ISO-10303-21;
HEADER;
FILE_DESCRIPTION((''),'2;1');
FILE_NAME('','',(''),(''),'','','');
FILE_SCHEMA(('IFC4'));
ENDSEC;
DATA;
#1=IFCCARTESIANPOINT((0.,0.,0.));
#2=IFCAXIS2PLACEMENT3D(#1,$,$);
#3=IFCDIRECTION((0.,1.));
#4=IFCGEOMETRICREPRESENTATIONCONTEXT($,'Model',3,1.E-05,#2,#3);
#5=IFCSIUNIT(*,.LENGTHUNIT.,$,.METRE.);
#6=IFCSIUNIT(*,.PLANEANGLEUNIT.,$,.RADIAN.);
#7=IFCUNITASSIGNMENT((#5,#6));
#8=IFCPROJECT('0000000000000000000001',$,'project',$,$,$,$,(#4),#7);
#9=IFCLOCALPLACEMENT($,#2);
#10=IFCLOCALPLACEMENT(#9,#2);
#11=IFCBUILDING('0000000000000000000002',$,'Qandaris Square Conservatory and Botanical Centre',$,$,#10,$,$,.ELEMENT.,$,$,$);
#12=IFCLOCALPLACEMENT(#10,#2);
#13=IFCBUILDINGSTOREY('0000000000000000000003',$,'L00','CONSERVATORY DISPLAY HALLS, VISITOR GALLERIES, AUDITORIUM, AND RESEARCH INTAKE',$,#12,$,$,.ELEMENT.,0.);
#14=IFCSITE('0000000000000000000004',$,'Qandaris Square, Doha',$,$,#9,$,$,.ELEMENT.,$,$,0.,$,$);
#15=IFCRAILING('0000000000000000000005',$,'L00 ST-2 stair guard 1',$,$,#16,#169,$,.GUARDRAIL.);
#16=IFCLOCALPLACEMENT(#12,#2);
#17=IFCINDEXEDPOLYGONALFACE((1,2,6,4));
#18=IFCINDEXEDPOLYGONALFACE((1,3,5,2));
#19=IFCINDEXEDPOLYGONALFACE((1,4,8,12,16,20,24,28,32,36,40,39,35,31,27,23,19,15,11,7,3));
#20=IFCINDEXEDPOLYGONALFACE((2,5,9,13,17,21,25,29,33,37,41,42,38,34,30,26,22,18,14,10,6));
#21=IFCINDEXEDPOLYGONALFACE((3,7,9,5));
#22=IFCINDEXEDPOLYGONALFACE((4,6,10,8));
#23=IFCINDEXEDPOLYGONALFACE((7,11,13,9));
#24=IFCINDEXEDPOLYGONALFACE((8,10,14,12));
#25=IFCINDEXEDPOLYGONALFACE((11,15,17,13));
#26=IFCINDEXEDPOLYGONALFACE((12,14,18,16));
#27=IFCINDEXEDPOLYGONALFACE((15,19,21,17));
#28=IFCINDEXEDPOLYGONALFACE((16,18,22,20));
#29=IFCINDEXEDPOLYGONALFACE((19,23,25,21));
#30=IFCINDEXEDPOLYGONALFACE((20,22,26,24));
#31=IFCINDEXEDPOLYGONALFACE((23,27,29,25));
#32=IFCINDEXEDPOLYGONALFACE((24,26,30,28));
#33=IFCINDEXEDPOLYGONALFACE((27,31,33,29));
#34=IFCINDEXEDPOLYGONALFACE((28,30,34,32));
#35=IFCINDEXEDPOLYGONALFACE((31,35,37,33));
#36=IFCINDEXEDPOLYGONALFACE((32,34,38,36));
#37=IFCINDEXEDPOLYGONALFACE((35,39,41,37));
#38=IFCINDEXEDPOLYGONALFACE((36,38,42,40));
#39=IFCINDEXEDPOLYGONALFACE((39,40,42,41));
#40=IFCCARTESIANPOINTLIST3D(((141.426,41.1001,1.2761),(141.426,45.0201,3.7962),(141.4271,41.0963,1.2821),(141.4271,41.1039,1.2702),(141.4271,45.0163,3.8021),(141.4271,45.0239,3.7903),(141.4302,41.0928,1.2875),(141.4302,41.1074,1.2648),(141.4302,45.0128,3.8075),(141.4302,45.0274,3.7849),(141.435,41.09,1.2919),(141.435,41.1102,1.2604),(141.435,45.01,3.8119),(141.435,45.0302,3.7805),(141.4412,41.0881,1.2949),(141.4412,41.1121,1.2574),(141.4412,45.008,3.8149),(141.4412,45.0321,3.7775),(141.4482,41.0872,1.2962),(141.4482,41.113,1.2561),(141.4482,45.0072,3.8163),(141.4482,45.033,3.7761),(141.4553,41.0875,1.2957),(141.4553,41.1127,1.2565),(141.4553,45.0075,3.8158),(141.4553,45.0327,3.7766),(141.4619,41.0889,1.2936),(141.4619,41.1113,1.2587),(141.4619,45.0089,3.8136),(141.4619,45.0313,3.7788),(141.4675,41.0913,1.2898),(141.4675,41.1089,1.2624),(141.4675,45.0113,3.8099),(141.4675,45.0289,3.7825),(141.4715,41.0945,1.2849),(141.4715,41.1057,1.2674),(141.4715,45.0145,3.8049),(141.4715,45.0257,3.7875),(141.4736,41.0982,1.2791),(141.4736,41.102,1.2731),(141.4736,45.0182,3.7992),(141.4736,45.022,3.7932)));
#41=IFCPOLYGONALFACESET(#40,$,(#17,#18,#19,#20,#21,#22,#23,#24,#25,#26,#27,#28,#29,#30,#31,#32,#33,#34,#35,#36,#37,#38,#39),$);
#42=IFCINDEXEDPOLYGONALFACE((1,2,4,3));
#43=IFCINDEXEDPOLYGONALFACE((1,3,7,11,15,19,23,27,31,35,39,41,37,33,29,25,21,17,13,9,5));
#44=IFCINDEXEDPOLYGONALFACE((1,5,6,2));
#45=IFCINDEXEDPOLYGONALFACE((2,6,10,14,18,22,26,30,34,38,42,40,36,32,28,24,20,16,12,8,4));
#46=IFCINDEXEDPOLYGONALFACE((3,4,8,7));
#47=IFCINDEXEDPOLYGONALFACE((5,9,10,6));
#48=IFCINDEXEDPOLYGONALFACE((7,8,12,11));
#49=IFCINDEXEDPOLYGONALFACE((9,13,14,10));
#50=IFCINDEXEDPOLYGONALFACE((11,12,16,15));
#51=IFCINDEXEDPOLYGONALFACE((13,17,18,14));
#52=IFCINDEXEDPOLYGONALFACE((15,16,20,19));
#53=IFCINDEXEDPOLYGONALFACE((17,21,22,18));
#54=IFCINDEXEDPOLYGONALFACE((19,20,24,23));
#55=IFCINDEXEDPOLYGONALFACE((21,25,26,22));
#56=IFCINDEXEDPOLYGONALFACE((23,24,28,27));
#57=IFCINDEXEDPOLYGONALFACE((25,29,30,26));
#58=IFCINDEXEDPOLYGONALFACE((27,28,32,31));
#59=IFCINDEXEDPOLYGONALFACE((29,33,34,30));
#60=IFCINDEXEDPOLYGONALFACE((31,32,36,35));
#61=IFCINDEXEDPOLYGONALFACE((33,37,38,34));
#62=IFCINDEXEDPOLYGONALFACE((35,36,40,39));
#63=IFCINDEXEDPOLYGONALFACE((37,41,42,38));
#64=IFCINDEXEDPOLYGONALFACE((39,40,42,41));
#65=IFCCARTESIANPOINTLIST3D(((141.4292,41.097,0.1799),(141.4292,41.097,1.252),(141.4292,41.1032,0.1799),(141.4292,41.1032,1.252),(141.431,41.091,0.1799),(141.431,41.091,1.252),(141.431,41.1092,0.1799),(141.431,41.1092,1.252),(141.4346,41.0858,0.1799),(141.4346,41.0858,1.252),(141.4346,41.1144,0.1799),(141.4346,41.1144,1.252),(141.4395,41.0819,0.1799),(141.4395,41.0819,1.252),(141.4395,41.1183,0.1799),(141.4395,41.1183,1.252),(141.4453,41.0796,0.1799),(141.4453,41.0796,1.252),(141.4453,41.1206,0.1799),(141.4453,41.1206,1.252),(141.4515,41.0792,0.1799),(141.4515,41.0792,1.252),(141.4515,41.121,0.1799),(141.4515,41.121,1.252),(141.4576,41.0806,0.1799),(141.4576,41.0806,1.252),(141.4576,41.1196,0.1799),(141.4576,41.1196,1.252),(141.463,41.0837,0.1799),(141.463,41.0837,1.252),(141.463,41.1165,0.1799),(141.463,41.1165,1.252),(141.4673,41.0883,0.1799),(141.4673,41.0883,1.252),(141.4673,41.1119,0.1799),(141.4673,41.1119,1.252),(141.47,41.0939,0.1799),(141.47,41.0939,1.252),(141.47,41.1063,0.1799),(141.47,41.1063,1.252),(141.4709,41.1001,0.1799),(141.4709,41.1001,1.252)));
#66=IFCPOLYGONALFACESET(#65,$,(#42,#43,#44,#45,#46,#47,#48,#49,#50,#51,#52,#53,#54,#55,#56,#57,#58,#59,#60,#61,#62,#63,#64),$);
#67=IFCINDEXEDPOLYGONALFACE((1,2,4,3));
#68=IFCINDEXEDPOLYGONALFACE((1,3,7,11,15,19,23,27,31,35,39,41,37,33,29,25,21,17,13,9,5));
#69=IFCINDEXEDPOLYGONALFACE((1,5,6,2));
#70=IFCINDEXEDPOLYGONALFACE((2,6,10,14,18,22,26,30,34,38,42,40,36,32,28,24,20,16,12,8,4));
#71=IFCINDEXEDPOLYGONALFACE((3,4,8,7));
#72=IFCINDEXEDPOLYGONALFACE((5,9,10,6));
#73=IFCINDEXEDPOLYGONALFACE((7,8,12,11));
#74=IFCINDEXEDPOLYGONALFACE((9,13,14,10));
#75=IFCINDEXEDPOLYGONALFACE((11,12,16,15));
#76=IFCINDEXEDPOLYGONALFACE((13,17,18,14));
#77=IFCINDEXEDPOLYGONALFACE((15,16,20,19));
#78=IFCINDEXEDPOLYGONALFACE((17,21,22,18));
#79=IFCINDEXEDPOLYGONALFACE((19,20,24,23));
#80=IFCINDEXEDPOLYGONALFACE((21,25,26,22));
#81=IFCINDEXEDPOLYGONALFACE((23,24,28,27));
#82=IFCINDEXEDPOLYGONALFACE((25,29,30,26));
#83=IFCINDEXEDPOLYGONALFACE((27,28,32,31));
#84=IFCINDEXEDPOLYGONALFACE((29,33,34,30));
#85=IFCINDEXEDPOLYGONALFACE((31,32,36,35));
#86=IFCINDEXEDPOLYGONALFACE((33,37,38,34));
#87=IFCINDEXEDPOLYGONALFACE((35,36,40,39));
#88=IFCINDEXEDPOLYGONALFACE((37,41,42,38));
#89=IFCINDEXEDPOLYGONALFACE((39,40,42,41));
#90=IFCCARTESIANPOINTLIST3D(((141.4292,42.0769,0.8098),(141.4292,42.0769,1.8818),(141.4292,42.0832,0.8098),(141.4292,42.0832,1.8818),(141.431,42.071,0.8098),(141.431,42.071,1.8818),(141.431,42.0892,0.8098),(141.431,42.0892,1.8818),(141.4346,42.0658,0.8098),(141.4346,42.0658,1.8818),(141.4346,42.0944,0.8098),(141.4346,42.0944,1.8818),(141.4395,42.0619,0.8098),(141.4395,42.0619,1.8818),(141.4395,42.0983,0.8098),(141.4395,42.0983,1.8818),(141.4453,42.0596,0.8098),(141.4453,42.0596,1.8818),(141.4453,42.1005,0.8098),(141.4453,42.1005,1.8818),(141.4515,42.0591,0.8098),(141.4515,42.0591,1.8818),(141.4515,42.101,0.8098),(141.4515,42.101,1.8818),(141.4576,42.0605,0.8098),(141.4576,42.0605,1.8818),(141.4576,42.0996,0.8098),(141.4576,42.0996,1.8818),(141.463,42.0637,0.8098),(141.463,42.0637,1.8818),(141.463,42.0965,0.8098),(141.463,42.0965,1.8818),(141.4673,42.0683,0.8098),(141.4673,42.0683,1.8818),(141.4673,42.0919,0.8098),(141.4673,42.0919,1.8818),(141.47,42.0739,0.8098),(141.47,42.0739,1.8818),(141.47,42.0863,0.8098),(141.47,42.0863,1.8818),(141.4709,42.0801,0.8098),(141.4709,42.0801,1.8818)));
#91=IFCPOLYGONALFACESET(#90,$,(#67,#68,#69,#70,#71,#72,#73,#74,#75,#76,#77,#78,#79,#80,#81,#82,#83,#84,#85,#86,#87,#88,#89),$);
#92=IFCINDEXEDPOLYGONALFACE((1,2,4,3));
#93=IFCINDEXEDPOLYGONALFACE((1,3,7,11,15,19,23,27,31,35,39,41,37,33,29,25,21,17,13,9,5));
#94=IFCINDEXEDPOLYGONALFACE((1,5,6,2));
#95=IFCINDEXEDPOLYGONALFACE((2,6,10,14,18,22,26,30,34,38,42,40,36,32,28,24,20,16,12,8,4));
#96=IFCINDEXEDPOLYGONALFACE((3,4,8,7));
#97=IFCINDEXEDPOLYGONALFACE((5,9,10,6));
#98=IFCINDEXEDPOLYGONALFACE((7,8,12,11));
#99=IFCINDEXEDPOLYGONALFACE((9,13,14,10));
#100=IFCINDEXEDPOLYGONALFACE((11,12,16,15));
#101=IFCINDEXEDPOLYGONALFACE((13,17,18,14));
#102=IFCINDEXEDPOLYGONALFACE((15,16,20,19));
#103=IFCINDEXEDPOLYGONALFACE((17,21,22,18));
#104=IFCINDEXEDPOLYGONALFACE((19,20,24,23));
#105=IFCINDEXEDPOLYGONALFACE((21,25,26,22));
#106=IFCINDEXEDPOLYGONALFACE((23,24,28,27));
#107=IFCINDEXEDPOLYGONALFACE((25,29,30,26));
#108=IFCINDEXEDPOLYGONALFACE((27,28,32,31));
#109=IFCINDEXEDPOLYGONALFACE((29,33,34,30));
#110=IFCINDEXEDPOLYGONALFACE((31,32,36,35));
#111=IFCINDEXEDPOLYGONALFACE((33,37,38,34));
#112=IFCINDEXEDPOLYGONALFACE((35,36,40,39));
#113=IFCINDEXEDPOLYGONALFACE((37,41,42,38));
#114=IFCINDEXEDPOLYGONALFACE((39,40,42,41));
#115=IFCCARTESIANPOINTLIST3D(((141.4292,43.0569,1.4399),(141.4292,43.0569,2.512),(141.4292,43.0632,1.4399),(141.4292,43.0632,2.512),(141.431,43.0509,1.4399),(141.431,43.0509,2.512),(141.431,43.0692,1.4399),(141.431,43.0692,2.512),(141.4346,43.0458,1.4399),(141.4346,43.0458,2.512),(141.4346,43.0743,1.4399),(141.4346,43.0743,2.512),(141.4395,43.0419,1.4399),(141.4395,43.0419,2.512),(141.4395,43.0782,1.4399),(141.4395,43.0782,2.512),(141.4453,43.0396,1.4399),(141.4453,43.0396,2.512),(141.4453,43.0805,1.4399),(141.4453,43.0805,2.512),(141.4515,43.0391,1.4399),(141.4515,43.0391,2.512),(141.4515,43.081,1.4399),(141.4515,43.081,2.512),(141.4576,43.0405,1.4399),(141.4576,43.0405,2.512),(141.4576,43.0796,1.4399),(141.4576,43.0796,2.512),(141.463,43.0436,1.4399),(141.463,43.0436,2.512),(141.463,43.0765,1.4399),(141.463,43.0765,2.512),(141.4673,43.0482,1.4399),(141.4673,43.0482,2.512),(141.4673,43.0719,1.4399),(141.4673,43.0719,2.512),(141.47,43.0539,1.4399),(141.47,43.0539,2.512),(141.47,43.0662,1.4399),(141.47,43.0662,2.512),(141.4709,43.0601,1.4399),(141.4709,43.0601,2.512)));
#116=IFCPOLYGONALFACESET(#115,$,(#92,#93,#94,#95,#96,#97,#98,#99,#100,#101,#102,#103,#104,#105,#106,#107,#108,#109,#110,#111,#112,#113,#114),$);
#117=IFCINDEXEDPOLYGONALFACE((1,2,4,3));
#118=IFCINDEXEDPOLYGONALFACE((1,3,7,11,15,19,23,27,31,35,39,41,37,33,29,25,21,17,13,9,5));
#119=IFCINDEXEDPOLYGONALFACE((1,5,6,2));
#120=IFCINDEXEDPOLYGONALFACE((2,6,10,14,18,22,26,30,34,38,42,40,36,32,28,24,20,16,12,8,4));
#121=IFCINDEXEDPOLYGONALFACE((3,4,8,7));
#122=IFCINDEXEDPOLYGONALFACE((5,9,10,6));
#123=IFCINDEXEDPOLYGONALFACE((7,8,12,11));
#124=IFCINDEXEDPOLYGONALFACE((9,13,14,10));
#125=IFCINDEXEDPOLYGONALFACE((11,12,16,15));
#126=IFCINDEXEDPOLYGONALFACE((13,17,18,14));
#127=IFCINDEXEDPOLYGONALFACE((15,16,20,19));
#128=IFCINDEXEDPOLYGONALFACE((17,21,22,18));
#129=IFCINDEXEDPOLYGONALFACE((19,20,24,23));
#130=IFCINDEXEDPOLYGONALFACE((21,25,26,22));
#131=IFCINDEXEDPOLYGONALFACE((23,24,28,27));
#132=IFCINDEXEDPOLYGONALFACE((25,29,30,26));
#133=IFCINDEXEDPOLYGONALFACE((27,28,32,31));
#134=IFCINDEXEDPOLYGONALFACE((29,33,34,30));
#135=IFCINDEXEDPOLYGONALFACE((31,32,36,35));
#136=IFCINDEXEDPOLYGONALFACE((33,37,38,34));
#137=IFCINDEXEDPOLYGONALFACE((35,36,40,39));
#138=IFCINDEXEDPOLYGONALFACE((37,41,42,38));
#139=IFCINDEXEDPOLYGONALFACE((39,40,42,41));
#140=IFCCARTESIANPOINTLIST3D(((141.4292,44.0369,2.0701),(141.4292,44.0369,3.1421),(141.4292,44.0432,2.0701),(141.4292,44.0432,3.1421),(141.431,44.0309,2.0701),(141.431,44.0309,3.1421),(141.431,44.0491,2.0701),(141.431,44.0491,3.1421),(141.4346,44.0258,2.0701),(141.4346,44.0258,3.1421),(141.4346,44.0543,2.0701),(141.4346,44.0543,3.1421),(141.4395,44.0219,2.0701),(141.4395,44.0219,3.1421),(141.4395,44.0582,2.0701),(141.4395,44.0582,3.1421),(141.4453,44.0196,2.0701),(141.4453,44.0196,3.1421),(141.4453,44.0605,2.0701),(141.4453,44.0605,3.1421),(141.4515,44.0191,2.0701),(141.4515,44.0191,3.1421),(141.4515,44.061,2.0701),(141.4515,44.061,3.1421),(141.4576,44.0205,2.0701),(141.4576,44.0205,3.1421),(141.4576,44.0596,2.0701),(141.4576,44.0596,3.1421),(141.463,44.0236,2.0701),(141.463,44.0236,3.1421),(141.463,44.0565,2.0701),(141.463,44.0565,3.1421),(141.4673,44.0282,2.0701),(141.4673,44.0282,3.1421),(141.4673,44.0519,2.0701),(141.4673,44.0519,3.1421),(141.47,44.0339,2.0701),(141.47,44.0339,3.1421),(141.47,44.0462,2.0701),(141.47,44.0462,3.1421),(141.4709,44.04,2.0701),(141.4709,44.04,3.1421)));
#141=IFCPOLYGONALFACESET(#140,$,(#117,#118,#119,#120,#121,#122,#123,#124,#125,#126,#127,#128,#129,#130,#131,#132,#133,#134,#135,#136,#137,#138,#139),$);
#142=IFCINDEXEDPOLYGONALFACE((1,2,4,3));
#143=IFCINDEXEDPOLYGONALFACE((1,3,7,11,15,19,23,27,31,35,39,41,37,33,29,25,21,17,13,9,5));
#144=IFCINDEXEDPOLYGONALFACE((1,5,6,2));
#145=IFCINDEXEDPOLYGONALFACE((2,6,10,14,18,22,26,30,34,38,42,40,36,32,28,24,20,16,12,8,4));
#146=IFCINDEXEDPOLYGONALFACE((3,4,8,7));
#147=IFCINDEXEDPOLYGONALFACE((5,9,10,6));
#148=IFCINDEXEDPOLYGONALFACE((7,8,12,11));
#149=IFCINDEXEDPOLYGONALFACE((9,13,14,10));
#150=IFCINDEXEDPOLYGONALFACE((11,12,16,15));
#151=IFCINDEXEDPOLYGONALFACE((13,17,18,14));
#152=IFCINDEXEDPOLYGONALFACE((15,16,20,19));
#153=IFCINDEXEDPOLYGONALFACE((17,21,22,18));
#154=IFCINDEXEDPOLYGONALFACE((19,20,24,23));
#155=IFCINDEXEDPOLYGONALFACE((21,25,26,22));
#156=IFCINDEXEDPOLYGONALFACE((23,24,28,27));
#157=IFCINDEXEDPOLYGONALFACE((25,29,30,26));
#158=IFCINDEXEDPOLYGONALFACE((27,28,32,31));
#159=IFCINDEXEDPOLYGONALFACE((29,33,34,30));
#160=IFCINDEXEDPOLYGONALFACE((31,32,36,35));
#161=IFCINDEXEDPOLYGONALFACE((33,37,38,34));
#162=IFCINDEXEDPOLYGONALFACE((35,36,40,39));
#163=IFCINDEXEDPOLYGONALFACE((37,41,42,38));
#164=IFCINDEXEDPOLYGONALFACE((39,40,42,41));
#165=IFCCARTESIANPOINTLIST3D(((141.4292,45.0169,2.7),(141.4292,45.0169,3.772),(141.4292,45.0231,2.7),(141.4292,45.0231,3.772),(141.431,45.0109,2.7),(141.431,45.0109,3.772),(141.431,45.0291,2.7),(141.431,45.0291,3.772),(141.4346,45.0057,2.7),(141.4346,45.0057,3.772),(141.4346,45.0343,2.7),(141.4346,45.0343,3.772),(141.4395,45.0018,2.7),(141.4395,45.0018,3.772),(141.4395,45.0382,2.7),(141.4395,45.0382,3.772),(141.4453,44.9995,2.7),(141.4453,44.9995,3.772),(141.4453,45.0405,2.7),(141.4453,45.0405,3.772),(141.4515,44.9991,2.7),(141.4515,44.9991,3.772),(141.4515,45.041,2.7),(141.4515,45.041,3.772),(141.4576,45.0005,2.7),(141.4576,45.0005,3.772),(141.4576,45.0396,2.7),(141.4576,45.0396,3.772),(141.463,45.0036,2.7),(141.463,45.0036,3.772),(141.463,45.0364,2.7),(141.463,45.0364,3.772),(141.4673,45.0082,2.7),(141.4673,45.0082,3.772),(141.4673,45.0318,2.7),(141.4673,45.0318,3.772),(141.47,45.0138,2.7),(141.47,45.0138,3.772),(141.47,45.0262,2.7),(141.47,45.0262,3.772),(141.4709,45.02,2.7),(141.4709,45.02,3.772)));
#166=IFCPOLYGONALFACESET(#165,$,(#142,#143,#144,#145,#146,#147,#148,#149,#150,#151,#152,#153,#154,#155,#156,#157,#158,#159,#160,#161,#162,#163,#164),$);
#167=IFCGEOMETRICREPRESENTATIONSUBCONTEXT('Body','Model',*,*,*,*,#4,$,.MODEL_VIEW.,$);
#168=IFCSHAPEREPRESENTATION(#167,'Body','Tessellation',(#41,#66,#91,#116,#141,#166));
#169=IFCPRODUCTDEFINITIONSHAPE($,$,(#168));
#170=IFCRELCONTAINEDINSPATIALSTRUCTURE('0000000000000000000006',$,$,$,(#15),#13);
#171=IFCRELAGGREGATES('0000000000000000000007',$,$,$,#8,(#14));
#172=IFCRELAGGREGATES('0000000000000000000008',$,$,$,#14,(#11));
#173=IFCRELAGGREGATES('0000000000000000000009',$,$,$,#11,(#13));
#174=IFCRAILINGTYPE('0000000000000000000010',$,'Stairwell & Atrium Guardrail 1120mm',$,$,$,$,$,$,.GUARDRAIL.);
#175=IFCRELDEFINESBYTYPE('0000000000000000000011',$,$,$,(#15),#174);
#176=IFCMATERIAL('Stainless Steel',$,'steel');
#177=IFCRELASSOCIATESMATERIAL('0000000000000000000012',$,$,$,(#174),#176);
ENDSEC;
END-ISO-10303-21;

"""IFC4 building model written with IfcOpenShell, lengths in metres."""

from ifc_helpers import new_model, si_unit, direction, frame, origin, origin_2d, place, context, subcontext, project, spatial, circle, extrude, material, type_object, element, save


model = new_model("IFC4")

# Units and contexts
model_context = context("Model", 3, precision=1e-05, world=origin(), true_north=direction((0.0, 1.0)))
body_context = subcontext(model_context, "Body", "Model", "MODEL_VIEW")
ifc_project = project(units=[si_unit("LENGTHUNIT", "METRE"), si_unit("PLANEANGLEUNIT", "RADIAN")], contexts=[model_context])

# Site, building, storey
site_placement = place(None, origin())
site = spatial("IfcSite", under=ifc_project, at=site_placement, Name="Qandaris Square, Doha", CompositionType="ELEMENT", RefElevation=0.0)
building_placement = place(site_placement, origin())
building = spatial("IfcBuilding", under=site, at=building_placement, Name="Qandaris Square Conservatory and Botanical Centre", CompositionType="ELEMENT")
storey_placement = place(building_placement, origin())
storey = spatial("IfcBuildingStorey", under=building, at=storey_placement, Name="L00", Description="CONSERVATORY DISPLAY HALLS, VISITOR GALLERIES, AUDITORIUM, AND RESEARCH INTAKE", CompositionType="ELEMENT", Elevation=0.0)

# Railing
ifc_material_1 = material(Name="Stainless Steel", Category="steel")
railing_type_1 = type_object("IfcRailingType", Name="Stairwell & Atrium Guardrail 1120mm", PredefinedType="GUARDRAIL", material=ifc_material_1)
railing_1_placement = place(storey_placement, frame((141.45, 41.1001, 0.1799)))
element("IfcRailing", 1, at=railing_1_placement, inside=storey, type_object=railing_type_1, Name="L00 ST-2 stair guard 1", PredefinedType="GUARDRAIL", context=body_context, shape_type="SweptSolid", body=[
    extrude(circle(Radius=0.0239, at=origin_2d()), frame((0.0, 0.0, 1.0962), z_axis=(0.0, 0.841172, 0.540768), x_axis=(-1.0, 0.0, 0.0)), (0.0, 0.0, 1.0), 4.6602),
    extrude(circle(Radius=0.021, at=origin_2d()), origin(), (0.0, 0.0, 1.0), 1.072),
    extrude(circle(Radius=0.021, at=origin_2d()), frame((0.0, 0.98, 0.6299)), (0.0, 0.0, 1.0), 1.072),
    extrude(circle(Radius=0.021, at=origin_2d()), frame((0.0, 1.96, 1.26)), (0.0, 0.0, 1.0), 1.072),
    extrude(circle(Radius=0.021, at=origin_2d()), frame((0.0, 2.9399, 1.8901)), (0.0, 0.0, 1.0), 1.072),
    extrude(circle(Radius=0.021, at=origin_2d()), frame((0.0, 3.9199, 2.52)), (0.0, 0.0, 1.0), 1.072),
])

save(model, "model.ifc")
